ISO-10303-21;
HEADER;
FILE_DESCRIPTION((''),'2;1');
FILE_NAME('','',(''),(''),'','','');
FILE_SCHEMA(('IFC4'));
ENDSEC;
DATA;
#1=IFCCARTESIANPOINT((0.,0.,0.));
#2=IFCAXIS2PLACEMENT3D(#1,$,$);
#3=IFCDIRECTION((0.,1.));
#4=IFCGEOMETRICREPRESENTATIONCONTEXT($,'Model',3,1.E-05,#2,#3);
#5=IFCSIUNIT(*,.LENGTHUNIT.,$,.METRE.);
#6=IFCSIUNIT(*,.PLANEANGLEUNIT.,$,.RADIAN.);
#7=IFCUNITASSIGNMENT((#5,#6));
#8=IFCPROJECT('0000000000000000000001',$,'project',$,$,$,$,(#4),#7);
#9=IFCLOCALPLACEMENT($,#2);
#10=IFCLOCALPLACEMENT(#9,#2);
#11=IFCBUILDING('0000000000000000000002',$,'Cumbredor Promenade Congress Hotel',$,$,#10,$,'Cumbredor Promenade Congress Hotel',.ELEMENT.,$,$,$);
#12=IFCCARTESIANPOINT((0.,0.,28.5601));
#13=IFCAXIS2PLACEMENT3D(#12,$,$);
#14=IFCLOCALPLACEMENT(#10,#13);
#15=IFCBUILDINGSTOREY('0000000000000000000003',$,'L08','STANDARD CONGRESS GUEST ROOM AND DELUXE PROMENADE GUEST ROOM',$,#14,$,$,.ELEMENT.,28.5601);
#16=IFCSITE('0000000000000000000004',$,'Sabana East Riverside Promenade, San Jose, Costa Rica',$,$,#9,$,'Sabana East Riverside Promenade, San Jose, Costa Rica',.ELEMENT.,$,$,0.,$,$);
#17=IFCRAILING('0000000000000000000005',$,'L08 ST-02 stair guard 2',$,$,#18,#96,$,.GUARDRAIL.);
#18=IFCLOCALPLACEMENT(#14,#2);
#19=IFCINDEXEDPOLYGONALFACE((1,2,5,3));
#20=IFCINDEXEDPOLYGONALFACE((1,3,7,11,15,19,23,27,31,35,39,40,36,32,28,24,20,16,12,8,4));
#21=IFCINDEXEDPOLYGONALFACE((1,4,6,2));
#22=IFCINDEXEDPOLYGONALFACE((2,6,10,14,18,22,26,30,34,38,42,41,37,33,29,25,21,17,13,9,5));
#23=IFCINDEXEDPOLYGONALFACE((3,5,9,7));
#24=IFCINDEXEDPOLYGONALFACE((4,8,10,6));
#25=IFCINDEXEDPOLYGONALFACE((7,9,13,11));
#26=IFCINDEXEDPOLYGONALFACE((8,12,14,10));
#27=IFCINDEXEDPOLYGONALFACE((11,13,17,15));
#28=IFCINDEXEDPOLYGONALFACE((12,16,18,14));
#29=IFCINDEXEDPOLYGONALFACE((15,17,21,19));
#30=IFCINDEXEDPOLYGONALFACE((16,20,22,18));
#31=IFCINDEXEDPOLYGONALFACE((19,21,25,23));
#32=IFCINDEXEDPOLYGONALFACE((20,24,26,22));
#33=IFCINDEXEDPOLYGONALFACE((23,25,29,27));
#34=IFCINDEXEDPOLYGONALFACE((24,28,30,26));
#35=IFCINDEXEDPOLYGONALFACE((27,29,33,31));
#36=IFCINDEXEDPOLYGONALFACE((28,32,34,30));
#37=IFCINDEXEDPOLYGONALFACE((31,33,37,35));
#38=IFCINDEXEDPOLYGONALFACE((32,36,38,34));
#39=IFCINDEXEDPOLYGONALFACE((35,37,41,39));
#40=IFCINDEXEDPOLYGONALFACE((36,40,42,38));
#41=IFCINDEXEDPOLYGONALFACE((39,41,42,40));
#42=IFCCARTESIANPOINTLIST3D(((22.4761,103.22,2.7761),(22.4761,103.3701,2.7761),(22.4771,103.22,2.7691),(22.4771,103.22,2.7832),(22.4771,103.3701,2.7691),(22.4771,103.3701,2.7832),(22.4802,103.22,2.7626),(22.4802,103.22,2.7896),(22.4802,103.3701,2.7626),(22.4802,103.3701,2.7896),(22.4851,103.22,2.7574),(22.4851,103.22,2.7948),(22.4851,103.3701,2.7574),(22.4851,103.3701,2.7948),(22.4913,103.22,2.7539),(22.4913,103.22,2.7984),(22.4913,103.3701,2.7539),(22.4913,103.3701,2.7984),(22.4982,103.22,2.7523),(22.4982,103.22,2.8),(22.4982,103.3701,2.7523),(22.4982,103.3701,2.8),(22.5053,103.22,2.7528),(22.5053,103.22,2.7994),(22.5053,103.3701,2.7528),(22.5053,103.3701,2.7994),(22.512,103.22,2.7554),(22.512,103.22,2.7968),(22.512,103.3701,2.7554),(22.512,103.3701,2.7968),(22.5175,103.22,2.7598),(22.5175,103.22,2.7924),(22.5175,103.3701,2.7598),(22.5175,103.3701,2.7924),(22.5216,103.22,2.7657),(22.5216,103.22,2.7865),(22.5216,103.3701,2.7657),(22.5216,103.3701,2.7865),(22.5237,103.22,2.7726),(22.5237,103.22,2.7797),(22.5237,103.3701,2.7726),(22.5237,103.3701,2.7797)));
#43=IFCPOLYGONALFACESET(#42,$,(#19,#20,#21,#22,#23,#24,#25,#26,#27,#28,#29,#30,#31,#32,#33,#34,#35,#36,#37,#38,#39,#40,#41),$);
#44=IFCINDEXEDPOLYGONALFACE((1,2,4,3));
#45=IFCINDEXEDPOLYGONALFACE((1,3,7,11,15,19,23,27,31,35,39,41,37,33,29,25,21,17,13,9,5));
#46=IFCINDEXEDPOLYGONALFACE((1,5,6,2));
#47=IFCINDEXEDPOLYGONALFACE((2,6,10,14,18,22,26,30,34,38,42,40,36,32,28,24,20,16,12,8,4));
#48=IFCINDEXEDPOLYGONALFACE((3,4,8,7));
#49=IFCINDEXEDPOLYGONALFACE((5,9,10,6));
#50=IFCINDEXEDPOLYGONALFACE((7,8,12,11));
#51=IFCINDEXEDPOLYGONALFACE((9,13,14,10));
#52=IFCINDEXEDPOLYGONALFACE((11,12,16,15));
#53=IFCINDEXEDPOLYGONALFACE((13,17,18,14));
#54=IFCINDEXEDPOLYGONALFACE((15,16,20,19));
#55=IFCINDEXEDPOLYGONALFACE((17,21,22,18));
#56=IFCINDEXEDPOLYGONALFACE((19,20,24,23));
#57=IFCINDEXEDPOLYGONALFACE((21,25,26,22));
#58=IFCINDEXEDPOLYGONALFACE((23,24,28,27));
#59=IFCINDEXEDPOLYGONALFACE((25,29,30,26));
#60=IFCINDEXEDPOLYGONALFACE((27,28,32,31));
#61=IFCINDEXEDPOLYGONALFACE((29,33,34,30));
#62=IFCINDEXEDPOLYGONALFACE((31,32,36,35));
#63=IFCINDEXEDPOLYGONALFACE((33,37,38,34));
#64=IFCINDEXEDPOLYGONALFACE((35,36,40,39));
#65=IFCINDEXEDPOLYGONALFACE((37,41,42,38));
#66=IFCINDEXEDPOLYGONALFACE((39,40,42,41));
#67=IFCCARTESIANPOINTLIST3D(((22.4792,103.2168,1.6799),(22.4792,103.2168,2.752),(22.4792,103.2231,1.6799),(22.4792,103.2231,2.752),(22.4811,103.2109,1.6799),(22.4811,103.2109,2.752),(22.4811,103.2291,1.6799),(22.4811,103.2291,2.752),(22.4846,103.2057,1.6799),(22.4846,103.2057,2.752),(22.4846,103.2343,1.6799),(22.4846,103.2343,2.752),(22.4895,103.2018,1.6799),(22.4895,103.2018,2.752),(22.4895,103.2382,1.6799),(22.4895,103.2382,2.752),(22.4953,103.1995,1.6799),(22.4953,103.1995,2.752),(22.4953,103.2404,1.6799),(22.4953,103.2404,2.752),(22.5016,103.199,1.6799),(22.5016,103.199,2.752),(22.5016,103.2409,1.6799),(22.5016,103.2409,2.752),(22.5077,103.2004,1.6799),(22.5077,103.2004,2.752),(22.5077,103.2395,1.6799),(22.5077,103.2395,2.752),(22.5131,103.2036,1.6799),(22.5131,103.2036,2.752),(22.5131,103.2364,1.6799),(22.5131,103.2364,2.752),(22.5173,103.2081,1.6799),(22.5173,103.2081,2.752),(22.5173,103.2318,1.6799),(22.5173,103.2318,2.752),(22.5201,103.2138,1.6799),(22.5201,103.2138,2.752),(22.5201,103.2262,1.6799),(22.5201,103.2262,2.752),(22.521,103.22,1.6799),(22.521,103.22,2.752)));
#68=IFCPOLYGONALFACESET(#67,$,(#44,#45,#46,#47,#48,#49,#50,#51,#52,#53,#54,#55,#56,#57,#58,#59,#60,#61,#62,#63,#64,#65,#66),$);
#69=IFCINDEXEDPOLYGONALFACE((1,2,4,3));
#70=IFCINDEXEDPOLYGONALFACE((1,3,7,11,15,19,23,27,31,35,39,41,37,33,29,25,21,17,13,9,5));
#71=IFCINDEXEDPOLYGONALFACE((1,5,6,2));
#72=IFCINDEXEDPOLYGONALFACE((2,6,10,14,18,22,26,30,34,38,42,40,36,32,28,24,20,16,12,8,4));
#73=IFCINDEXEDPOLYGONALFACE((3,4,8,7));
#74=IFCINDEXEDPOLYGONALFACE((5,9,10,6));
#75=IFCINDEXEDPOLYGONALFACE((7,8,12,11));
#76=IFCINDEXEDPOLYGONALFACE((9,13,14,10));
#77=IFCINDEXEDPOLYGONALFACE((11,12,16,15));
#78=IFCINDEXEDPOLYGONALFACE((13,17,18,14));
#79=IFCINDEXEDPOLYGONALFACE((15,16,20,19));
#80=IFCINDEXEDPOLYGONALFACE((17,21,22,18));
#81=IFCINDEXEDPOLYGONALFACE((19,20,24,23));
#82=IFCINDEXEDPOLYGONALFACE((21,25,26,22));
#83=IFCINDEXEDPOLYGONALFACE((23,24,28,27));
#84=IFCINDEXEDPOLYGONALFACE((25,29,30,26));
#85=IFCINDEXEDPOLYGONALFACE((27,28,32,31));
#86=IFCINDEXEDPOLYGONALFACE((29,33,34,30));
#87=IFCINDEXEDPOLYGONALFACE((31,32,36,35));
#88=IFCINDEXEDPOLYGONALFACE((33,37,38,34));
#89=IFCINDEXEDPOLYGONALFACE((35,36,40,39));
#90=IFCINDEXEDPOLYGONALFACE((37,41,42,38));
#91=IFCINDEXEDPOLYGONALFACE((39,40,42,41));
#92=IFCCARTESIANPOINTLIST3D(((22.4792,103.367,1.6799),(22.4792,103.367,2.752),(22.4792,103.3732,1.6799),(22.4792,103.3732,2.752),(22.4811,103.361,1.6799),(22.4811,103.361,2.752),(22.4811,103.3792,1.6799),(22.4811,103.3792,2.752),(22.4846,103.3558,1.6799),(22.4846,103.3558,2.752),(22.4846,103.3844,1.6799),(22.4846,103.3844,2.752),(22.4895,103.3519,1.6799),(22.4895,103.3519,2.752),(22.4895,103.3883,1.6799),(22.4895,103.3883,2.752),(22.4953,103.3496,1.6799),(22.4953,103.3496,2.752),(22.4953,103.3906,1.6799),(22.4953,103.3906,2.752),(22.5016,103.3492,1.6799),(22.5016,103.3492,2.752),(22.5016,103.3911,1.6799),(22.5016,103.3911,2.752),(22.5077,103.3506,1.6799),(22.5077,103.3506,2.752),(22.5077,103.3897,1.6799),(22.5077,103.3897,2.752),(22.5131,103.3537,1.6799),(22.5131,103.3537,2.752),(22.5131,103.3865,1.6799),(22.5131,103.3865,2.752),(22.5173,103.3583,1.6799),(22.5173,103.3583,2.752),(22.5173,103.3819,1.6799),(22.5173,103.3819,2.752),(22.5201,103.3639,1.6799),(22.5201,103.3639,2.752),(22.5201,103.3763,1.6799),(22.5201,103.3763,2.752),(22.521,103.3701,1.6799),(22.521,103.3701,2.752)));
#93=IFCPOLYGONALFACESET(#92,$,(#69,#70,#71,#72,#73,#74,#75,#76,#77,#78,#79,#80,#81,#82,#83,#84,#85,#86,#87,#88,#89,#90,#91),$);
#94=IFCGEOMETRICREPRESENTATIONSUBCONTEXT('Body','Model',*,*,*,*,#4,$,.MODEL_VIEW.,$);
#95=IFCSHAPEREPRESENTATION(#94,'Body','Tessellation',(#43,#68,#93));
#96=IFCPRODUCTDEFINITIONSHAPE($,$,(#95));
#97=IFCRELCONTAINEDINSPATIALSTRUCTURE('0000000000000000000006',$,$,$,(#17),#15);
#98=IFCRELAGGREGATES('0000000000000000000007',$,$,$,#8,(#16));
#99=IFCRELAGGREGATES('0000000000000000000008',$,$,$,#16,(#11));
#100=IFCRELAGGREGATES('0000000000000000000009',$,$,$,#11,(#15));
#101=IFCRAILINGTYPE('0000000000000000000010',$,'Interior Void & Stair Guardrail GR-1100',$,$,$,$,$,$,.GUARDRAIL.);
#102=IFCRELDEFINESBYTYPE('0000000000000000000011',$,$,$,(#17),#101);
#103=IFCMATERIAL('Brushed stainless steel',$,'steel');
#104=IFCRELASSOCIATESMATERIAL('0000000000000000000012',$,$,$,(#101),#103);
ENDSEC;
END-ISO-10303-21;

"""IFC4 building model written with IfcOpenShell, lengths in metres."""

from ifc_helpers import new_model, si_unit, direction, frame, origin, origin_2d, place, context, subcontext, project, spatial, circle, extrude, material, type_object, element, save


model = new_model("IFC4")

# Units and contexts
model_context = context("Model", 3, precision=1e-05, world=origin(), true_north=direction((0.0, 1.0)))
body_context = subcontext(model_context, "Body", "Model", "MODEL_VIEW")
ifc_project = project(units=[si_unit("LENGTHUNIT", "METRE"), si_unit("PLANEANGLEUNIT", "RADIAN")], contexts=[model_context])

# Site, building, storey
site_placement = place(None, origin())
site = spatial("IfcSite", under=ifc_project, at=site_placement, Name="Sabana East Riverside Promenade, San Jose, Costa Rica", LongName="Sabana East Riverside Promenade, San Jose, Costa Rica", CompositionType="ELEMENT", RefElevation=0.0)
building_placement = place(site_placement, origin())
building = spatial("IfcBuilding", under=site, at=building_placement, Name="Cumbredor Promenade Congress Hotel", LongName="Cumbredor Promenade Congress Hotel", CompositionType="ELEMENT")
storey_placement = place(building_placement, frame((0.0, 0.0, 28.5601)))
storey = spatial("IfcBuildingStorey", under=building, at=storey_placement, Name="L08", Description="STANDARD CONGRESS GUEST ROOM AND DELUXE PROMENADE GUEST ROOM", CompositionType="ELEMENT", Elevation=28.5601)

# Shared definitions
ifc_material_1 = material(Name="Brushed stainless steel", Category="steel")

# Railing
railing_type_1 = type_object("IfcRailingType", Name="Interior Void & Stair Guardrail GR-1100", PredefinedType="GUARDRAIL", material=ifc_material_1)
railing_1_placement = place(storey_placement, frame((22.5, 103.22, 1.6799)))
element("IfcRailing", 1, at=railing_1_placement, inside=storey, type_object=railing_type_1, Name="L08 ST-02 stair guard 2", PredefinedType="GUARDRAIL", context=body_context, shape_type="SweptSolid", body=[
    extrude(circle(Radius=0.0239, at=origin_2d()), frame((0.0, 0.0, 1.0962), z_axis=(0.0, 1.0, 0.0), x_axis=(-1.0, 0.0, 0.0)), (0.0, 0.0, 1.0), 0.1501),
    extrude(circle(Radius=0.021, at=origin_2d()), origin(), (0.0, 0.0, 1.0), 1.072),
    extrude(circle(Radius=0.021, at=origin_2d()), frame((0.0, 0.1501, 0.0)), (0.0, 0.0, 1.0), 1.072),
])

save(model, "model.ifc")
